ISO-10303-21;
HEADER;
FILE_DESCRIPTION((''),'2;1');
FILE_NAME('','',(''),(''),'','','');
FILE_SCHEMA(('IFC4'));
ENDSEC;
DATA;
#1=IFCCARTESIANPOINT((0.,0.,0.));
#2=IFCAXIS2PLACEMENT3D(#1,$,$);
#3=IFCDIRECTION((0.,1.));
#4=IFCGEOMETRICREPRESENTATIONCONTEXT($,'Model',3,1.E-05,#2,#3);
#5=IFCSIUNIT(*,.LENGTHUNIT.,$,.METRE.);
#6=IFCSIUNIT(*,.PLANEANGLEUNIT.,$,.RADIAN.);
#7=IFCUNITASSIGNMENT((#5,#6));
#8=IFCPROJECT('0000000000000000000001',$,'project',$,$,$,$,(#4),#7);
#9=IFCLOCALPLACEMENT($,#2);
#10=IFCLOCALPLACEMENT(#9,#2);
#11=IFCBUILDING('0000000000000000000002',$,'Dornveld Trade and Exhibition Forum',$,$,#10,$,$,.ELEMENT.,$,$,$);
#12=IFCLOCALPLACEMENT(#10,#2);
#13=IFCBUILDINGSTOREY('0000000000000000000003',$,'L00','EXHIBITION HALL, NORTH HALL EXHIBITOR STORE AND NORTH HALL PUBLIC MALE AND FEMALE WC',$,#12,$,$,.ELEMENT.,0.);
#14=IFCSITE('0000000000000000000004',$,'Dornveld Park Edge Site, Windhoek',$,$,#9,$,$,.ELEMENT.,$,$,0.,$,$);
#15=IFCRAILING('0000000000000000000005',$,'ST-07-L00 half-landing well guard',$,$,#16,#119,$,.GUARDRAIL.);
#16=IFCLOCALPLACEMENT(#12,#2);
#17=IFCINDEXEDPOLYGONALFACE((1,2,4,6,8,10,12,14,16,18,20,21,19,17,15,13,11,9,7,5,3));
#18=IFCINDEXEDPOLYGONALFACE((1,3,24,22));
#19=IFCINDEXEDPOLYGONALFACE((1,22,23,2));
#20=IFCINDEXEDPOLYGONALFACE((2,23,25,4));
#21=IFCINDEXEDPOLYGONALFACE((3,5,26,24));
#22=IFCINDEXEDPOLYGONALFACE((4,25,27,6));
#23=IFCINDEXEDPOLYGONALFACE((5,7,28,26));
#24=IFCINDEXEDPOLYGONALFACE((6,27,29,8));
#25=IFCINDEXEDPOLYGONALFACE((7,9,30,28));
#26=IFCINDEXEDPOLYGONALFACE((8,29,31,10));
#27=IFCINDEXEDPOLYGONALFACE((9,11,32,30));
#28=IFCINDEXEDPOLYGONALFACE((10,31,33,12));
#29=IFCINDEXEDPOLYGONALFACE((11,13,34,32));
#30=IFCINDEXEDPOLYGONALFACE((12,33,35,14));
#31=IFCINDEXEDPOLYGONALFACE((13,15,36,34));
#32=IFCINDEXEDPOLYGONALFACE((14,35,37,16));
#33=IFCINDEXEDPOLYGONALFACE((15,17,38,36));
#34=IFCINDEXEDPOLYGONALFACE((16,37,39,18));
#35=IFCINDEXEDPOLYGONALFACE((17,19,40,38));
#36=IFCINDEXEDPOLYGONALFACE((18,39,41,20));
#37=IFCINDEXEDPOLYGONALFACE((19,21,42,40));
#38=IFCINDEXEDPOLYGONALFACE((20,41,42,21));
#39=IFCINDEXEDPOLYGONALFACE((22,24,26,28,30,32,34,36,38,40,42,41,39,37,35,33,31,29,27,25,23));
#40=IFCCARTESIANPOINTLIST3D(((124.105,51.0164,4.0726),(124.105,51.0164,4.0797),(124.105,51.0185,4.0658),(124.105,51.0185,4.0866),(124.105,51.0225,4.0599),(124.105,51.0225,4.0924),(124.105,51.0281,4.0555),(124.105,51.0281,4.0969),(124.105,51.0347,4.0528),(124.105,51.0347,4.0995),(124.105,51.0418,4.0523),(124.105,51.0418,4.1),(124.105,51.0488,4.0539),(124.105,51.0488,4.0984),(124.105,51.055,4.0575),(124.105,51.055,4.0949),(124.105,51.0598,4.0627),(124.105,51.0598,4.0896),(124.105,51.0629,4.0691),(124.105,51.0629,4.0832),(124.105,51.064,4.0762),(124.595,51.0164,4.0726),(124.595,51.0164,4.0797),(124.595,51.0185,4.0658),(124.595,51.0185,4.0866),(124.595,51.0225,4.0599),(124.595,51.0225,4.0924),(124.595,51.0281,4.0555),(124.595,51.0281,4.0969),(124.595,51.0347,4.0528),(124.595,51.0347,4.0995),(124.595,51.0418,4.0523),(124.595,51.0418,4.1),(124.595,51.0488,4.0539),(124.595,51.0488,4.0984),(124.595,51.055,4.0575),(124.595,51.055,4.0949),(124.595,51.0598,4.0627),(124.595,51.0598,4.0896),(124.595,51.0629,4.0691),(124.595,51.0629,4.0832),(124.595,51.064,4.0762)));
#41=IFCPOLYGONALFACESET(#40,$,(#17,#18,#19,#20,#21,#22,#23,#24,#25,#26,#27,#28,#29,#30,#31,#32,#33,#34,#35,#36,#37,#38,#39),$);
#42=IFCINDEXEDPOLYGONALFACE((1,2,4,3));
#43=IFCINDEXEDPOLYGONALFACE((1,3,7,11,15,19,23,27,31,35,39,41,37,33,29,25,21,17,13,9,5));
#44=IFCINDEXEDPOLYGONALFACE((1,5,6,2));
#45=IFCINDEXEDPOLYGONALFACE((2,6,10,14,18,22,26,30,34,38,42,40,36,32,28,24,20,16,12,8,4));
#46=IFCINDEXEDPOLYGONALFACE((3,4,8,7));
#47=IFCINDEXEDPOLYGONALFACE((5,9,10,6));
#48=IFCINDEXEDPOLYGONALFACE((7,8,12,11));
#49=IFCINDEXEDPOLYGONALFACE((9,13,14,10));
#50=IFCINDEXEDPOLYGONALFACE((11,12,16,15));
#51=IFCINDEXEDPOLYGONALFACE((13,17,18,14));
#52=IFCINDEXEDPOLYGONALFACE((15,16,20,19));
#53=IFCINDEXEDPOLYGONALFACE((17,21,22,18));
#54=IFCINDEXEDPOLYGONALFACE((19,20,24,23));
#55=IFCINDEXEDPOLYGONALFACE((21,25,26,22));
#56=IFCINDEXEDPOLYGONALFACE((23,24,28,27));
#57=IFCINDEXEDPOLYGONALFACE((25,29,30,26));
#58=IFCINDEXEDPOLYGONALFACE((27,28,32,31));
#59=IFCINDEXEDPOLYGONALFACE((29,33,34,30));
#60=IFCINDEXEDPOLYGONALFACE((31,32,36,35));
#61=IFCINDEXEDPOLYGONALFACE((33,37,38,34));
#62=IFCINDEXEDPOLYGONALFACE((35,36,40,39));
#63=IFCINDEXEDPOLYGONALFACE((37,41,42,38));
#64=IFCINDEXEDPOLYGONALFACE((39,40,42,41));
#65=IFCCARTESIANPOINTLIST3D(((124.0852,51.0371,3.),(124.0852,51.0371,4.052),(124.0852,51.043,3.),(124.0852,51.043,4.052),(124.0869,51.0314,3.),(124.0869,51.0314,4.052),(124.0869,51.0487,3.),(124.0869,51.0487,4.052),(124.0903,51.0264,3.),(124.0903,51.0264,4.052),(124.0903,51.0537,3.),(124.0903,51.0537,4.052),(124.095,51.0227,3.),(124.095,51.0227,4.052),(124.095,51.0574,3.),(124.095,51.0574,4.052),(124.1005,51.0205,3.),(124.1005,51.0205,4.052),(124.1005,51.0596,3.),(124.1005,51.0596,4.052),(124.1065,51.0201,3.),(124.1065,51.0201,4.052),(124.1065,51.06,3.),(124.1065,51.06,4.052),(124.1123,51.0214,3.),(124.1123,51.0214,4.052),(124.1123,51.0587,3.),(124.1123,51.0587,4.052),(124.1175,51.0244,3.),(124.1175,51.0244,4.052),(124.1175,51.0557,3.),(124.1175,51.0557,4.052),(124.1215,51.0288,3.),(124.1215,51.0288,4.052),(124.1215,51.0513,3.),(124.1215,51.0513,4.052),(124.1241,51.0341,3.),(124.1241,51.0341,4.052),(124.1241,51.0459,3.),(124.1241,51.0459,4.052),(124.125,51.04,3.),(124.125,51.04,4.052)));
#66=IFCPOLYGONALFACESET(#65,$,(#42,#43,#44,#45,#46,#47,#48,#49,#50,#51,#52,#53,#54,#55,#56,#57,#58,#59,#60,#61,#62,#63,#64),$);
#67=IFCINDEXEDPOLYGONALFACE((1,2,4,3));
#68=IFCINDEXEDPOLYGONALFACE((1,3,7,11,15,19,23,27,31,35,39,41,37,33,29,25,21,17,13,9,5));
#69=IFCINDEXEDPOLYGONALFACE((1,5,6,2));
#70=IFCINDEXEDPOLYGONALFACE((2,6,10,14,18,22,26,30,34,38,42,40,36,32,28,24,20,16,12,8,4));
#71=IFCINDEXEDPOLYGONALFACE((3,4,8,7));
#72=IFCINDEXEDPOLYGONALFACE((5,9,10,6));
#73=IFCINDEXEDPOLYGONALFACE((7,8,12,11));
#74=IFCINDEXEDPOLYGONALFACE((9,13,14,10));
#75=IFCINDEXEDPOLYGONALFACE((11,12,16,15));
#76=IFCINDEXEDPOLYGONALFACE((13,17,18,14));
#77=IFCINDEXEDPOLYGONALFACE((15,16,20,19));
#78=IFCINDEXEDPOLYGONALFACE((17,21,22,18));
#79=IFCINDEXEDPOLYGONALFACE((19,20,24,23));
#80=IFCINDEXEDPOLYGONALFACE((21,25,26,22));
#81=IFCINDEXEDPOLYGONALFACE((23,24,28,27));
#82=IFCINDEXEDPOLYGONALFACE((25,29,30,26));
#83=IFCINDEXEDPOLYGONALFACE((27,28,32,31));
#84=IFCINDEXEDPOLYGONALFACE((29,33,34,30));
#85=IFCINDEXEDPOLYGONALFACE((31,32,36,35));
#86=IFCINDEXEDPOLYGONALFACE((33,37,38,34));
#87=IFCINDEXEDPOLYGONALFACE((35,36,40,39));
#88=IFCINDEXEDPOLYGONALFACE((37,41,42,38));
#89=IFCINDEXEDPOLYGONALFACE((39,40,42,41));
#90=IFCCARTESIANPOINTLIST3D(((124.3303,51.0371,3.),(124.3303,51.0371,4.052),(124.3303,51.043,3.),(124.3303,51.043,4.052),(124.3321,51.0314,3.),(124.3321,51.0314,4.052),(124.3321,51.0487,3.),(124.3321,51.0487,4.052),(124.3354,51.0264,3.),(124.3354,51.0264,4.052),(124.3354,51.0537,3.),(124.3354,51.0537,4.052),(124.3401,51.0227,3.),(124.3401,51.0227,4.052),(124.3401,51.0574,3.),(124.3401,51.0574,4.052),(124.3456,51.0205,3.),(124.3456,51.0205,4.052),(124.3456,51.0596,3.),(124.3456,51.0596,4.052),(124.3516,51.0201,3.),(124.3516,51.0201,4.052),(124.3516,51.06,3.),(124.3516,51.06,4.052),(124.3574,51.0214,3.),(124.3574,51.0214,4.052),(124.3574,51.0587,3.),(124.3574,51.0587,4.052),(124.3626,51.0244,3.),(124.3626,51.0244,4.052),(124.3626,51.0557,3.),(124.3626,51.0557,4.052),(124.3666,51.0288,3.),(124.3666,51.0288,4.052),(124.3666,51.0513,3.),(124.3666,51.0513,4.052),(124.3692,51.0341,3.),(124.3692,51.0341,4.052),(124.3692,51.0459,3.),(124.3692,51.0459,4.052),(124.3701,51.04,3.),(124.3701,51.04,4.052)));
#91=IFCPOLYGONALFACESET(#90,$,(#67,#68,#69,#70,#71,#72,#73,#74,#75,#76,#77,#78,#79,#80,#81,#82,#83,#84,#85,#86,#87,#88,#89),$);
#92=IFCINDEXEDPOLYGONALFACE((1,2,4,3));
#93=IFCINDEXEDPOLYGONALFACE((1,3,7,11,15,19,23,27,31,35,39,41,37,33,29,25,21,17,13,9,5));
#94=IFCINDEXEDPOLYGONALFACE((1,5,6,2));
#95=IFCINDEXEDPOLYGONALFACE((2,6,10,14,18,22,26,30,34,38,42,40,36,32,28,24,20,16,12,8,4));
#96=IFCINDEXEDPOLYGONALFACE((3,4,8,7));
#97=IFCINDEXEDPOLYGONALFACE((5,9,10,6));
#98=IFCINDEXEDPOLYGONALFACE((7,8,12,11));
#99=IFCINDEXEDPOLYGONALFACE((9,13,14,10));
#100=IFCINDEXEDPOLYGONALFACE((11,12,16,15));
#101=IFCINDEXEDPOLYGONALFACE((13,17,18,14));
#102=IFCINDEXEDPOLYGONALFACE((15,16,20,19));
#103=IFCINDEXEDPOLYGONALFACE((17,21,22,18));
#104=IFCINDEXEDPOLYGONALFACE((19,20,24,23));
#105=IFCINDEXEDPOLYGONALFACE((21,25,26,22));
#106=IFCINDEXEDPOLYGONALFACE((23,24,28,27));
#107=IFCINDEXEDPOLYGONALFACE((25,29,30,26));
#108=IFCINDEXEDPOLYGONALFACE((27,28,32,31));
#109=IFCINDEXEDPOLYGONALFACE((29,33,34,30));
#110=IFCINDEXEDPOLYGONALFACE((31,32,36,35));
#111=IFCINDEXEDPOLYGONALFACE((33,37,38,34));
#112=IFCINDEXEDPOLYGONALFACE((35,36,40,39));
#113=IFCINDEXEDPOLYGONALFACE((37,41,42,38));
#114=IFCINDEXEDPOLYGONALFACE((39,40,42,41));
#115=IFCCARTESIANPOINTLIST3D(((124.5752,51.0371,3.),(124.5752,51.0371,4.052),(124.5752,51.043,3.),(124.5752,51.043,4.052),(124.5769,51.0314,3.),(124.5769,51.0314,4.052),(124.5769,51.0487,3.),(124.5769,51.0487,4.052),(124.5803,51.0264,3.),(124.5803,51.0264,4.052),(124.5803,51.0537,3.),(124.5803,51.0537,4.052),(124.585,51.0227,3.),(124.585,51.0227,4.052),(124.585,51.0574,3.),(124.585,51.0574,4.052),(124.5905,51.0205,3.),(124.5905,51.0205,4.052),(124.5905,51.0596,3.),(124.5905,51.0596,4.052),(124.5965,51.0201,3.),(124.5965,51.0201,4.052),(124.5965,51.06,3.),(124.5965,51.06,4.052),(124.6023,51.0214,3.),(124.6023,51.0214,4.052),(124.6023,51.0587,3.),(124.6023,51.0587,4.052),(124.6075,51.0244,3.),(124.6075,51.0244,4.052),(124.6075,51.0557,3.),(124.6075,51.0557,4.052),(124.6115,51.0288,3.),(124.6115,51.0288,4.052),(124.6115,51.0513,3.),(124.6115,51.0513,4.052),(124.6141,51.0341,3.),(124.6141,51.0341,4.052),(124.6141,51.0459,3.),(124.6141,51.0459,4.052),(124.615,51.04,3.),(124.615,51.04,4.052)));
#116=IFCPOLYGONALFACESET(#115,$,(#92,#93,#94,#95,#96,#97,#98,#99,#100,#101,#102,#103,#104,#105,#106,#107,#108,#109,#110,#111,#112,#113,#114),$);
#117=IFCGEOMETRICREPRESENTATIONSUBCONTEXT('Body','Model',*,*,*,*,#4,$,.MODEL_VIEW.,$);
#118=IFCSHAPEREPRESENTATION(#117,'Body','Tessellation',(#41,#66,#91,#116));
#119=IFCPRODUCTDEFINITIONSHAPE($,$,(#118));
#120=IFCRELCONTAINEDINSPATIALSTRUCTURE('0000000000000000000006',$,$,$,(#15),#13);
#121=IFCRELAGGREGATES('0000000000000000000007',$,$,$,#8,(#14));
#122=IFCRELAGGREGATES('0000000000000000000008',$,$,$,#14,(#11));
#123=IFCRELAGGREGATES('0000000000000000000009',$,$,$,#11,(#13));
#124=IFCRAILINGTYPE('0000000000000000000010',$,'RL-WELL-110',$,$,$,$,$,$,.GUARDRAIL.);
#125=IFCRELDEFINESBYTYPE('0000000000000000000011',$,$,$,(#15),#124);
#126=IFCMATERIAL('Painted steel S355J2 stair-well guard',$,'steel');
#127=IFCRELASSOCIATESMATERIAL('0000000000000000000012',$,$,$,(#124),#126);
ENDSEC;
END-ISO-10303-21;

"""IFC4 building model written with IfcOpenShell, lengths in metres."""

from ifc_helpers import new_model, si_unit, direction, frame, origin, origin_2d, place, context, subcontext, project, spatial, circle, extrude, material, type_object, element, save


model = new_model("IFC4")

# Units and contexts
model_context = context("Model", 3, precision=1e-05, world=origin(), true_north=direction((0.0, 1.0)))
body_context = subcontext(model_context, "Body", "Model", "MODEL_VIEW")
ifc_project = project(units=[si_unit("LENGTHUNIT", "METRE"), si_unit("PLANEANGLEUNIT", "RADIAN")], contexts=[model_context])

# Site, building, storey
site_placement = place(None, origin())
site = spatial("IfcSite", under=ifc_project, at=site_placement, Name="Dornveld Park Edge Site, Windhoek", CompositionType="ELEMENT", RefElevation=0.0)
building_placement = place(site_placement, origin())
building = spatial("IfcBuilding", under=site, at=building_placement, Name="Dornveld Trade and Exhibition Forum", CompositionType="ELEMENT")
storey_placement = place(building_placement, origin())
storey = spatial("IfcBuildingStorey", under=building, at=storey_placement, Name="L00", Description="EXHIBITION HALL, NORTH HALL EXHIBITOR STORE AND NORTH HALL PUBLIC MALE AND FEMALE WC", CompositionType="ELEMENT", Elevation=0.0)

# Railing
ifc_material_1 = material(Name="Painted steel S355J2 stair-well guard", Category="steel")
railing_type_1 = type_object("IfcRailingType", Name="RL-WELL-110", PredefinedType="GUARDRAIL", material=ifc_material_1)
railing_1_placement = place(storey_placement, frame((124.105, 51.04, 3.0)))
element("IfcRailing", 1, at=railing_1_placement, inside=storey, type_object=railing_type_1, Name="ST-07-L00 half-landing well guard", PredefinedType="GUARDRAIL", context=body_context, shape_type="SweptSolid", body=[
    extrude(circle(Radius=0.0239, at=origin_2d()), frame((0.0, 0.0, 1.0762), z_axis=(1.0, 0.0, 0.0), x_axis=(0.0, 1.0, 0.0)), (0.0, 0.0, 1.0), 0.49),
    extrude(circle(Radius=0.02, at=origin_2d()), origin(), (0.0, 0.0, 1.0), 1.052),
    extrude(circle(Radius=0.02, at=origin_2d()), frame((0.2451, 0.0, 0.0)), (0.0, 0.0, 1.0), 1.052),
    extrude(circle(Radius=0.02, at=origin_2d()), frame((0.49, 0.0, 0.0)), (0.0, 0.0, 1.0), 1.052),
])

save(model, "model.ifc")
